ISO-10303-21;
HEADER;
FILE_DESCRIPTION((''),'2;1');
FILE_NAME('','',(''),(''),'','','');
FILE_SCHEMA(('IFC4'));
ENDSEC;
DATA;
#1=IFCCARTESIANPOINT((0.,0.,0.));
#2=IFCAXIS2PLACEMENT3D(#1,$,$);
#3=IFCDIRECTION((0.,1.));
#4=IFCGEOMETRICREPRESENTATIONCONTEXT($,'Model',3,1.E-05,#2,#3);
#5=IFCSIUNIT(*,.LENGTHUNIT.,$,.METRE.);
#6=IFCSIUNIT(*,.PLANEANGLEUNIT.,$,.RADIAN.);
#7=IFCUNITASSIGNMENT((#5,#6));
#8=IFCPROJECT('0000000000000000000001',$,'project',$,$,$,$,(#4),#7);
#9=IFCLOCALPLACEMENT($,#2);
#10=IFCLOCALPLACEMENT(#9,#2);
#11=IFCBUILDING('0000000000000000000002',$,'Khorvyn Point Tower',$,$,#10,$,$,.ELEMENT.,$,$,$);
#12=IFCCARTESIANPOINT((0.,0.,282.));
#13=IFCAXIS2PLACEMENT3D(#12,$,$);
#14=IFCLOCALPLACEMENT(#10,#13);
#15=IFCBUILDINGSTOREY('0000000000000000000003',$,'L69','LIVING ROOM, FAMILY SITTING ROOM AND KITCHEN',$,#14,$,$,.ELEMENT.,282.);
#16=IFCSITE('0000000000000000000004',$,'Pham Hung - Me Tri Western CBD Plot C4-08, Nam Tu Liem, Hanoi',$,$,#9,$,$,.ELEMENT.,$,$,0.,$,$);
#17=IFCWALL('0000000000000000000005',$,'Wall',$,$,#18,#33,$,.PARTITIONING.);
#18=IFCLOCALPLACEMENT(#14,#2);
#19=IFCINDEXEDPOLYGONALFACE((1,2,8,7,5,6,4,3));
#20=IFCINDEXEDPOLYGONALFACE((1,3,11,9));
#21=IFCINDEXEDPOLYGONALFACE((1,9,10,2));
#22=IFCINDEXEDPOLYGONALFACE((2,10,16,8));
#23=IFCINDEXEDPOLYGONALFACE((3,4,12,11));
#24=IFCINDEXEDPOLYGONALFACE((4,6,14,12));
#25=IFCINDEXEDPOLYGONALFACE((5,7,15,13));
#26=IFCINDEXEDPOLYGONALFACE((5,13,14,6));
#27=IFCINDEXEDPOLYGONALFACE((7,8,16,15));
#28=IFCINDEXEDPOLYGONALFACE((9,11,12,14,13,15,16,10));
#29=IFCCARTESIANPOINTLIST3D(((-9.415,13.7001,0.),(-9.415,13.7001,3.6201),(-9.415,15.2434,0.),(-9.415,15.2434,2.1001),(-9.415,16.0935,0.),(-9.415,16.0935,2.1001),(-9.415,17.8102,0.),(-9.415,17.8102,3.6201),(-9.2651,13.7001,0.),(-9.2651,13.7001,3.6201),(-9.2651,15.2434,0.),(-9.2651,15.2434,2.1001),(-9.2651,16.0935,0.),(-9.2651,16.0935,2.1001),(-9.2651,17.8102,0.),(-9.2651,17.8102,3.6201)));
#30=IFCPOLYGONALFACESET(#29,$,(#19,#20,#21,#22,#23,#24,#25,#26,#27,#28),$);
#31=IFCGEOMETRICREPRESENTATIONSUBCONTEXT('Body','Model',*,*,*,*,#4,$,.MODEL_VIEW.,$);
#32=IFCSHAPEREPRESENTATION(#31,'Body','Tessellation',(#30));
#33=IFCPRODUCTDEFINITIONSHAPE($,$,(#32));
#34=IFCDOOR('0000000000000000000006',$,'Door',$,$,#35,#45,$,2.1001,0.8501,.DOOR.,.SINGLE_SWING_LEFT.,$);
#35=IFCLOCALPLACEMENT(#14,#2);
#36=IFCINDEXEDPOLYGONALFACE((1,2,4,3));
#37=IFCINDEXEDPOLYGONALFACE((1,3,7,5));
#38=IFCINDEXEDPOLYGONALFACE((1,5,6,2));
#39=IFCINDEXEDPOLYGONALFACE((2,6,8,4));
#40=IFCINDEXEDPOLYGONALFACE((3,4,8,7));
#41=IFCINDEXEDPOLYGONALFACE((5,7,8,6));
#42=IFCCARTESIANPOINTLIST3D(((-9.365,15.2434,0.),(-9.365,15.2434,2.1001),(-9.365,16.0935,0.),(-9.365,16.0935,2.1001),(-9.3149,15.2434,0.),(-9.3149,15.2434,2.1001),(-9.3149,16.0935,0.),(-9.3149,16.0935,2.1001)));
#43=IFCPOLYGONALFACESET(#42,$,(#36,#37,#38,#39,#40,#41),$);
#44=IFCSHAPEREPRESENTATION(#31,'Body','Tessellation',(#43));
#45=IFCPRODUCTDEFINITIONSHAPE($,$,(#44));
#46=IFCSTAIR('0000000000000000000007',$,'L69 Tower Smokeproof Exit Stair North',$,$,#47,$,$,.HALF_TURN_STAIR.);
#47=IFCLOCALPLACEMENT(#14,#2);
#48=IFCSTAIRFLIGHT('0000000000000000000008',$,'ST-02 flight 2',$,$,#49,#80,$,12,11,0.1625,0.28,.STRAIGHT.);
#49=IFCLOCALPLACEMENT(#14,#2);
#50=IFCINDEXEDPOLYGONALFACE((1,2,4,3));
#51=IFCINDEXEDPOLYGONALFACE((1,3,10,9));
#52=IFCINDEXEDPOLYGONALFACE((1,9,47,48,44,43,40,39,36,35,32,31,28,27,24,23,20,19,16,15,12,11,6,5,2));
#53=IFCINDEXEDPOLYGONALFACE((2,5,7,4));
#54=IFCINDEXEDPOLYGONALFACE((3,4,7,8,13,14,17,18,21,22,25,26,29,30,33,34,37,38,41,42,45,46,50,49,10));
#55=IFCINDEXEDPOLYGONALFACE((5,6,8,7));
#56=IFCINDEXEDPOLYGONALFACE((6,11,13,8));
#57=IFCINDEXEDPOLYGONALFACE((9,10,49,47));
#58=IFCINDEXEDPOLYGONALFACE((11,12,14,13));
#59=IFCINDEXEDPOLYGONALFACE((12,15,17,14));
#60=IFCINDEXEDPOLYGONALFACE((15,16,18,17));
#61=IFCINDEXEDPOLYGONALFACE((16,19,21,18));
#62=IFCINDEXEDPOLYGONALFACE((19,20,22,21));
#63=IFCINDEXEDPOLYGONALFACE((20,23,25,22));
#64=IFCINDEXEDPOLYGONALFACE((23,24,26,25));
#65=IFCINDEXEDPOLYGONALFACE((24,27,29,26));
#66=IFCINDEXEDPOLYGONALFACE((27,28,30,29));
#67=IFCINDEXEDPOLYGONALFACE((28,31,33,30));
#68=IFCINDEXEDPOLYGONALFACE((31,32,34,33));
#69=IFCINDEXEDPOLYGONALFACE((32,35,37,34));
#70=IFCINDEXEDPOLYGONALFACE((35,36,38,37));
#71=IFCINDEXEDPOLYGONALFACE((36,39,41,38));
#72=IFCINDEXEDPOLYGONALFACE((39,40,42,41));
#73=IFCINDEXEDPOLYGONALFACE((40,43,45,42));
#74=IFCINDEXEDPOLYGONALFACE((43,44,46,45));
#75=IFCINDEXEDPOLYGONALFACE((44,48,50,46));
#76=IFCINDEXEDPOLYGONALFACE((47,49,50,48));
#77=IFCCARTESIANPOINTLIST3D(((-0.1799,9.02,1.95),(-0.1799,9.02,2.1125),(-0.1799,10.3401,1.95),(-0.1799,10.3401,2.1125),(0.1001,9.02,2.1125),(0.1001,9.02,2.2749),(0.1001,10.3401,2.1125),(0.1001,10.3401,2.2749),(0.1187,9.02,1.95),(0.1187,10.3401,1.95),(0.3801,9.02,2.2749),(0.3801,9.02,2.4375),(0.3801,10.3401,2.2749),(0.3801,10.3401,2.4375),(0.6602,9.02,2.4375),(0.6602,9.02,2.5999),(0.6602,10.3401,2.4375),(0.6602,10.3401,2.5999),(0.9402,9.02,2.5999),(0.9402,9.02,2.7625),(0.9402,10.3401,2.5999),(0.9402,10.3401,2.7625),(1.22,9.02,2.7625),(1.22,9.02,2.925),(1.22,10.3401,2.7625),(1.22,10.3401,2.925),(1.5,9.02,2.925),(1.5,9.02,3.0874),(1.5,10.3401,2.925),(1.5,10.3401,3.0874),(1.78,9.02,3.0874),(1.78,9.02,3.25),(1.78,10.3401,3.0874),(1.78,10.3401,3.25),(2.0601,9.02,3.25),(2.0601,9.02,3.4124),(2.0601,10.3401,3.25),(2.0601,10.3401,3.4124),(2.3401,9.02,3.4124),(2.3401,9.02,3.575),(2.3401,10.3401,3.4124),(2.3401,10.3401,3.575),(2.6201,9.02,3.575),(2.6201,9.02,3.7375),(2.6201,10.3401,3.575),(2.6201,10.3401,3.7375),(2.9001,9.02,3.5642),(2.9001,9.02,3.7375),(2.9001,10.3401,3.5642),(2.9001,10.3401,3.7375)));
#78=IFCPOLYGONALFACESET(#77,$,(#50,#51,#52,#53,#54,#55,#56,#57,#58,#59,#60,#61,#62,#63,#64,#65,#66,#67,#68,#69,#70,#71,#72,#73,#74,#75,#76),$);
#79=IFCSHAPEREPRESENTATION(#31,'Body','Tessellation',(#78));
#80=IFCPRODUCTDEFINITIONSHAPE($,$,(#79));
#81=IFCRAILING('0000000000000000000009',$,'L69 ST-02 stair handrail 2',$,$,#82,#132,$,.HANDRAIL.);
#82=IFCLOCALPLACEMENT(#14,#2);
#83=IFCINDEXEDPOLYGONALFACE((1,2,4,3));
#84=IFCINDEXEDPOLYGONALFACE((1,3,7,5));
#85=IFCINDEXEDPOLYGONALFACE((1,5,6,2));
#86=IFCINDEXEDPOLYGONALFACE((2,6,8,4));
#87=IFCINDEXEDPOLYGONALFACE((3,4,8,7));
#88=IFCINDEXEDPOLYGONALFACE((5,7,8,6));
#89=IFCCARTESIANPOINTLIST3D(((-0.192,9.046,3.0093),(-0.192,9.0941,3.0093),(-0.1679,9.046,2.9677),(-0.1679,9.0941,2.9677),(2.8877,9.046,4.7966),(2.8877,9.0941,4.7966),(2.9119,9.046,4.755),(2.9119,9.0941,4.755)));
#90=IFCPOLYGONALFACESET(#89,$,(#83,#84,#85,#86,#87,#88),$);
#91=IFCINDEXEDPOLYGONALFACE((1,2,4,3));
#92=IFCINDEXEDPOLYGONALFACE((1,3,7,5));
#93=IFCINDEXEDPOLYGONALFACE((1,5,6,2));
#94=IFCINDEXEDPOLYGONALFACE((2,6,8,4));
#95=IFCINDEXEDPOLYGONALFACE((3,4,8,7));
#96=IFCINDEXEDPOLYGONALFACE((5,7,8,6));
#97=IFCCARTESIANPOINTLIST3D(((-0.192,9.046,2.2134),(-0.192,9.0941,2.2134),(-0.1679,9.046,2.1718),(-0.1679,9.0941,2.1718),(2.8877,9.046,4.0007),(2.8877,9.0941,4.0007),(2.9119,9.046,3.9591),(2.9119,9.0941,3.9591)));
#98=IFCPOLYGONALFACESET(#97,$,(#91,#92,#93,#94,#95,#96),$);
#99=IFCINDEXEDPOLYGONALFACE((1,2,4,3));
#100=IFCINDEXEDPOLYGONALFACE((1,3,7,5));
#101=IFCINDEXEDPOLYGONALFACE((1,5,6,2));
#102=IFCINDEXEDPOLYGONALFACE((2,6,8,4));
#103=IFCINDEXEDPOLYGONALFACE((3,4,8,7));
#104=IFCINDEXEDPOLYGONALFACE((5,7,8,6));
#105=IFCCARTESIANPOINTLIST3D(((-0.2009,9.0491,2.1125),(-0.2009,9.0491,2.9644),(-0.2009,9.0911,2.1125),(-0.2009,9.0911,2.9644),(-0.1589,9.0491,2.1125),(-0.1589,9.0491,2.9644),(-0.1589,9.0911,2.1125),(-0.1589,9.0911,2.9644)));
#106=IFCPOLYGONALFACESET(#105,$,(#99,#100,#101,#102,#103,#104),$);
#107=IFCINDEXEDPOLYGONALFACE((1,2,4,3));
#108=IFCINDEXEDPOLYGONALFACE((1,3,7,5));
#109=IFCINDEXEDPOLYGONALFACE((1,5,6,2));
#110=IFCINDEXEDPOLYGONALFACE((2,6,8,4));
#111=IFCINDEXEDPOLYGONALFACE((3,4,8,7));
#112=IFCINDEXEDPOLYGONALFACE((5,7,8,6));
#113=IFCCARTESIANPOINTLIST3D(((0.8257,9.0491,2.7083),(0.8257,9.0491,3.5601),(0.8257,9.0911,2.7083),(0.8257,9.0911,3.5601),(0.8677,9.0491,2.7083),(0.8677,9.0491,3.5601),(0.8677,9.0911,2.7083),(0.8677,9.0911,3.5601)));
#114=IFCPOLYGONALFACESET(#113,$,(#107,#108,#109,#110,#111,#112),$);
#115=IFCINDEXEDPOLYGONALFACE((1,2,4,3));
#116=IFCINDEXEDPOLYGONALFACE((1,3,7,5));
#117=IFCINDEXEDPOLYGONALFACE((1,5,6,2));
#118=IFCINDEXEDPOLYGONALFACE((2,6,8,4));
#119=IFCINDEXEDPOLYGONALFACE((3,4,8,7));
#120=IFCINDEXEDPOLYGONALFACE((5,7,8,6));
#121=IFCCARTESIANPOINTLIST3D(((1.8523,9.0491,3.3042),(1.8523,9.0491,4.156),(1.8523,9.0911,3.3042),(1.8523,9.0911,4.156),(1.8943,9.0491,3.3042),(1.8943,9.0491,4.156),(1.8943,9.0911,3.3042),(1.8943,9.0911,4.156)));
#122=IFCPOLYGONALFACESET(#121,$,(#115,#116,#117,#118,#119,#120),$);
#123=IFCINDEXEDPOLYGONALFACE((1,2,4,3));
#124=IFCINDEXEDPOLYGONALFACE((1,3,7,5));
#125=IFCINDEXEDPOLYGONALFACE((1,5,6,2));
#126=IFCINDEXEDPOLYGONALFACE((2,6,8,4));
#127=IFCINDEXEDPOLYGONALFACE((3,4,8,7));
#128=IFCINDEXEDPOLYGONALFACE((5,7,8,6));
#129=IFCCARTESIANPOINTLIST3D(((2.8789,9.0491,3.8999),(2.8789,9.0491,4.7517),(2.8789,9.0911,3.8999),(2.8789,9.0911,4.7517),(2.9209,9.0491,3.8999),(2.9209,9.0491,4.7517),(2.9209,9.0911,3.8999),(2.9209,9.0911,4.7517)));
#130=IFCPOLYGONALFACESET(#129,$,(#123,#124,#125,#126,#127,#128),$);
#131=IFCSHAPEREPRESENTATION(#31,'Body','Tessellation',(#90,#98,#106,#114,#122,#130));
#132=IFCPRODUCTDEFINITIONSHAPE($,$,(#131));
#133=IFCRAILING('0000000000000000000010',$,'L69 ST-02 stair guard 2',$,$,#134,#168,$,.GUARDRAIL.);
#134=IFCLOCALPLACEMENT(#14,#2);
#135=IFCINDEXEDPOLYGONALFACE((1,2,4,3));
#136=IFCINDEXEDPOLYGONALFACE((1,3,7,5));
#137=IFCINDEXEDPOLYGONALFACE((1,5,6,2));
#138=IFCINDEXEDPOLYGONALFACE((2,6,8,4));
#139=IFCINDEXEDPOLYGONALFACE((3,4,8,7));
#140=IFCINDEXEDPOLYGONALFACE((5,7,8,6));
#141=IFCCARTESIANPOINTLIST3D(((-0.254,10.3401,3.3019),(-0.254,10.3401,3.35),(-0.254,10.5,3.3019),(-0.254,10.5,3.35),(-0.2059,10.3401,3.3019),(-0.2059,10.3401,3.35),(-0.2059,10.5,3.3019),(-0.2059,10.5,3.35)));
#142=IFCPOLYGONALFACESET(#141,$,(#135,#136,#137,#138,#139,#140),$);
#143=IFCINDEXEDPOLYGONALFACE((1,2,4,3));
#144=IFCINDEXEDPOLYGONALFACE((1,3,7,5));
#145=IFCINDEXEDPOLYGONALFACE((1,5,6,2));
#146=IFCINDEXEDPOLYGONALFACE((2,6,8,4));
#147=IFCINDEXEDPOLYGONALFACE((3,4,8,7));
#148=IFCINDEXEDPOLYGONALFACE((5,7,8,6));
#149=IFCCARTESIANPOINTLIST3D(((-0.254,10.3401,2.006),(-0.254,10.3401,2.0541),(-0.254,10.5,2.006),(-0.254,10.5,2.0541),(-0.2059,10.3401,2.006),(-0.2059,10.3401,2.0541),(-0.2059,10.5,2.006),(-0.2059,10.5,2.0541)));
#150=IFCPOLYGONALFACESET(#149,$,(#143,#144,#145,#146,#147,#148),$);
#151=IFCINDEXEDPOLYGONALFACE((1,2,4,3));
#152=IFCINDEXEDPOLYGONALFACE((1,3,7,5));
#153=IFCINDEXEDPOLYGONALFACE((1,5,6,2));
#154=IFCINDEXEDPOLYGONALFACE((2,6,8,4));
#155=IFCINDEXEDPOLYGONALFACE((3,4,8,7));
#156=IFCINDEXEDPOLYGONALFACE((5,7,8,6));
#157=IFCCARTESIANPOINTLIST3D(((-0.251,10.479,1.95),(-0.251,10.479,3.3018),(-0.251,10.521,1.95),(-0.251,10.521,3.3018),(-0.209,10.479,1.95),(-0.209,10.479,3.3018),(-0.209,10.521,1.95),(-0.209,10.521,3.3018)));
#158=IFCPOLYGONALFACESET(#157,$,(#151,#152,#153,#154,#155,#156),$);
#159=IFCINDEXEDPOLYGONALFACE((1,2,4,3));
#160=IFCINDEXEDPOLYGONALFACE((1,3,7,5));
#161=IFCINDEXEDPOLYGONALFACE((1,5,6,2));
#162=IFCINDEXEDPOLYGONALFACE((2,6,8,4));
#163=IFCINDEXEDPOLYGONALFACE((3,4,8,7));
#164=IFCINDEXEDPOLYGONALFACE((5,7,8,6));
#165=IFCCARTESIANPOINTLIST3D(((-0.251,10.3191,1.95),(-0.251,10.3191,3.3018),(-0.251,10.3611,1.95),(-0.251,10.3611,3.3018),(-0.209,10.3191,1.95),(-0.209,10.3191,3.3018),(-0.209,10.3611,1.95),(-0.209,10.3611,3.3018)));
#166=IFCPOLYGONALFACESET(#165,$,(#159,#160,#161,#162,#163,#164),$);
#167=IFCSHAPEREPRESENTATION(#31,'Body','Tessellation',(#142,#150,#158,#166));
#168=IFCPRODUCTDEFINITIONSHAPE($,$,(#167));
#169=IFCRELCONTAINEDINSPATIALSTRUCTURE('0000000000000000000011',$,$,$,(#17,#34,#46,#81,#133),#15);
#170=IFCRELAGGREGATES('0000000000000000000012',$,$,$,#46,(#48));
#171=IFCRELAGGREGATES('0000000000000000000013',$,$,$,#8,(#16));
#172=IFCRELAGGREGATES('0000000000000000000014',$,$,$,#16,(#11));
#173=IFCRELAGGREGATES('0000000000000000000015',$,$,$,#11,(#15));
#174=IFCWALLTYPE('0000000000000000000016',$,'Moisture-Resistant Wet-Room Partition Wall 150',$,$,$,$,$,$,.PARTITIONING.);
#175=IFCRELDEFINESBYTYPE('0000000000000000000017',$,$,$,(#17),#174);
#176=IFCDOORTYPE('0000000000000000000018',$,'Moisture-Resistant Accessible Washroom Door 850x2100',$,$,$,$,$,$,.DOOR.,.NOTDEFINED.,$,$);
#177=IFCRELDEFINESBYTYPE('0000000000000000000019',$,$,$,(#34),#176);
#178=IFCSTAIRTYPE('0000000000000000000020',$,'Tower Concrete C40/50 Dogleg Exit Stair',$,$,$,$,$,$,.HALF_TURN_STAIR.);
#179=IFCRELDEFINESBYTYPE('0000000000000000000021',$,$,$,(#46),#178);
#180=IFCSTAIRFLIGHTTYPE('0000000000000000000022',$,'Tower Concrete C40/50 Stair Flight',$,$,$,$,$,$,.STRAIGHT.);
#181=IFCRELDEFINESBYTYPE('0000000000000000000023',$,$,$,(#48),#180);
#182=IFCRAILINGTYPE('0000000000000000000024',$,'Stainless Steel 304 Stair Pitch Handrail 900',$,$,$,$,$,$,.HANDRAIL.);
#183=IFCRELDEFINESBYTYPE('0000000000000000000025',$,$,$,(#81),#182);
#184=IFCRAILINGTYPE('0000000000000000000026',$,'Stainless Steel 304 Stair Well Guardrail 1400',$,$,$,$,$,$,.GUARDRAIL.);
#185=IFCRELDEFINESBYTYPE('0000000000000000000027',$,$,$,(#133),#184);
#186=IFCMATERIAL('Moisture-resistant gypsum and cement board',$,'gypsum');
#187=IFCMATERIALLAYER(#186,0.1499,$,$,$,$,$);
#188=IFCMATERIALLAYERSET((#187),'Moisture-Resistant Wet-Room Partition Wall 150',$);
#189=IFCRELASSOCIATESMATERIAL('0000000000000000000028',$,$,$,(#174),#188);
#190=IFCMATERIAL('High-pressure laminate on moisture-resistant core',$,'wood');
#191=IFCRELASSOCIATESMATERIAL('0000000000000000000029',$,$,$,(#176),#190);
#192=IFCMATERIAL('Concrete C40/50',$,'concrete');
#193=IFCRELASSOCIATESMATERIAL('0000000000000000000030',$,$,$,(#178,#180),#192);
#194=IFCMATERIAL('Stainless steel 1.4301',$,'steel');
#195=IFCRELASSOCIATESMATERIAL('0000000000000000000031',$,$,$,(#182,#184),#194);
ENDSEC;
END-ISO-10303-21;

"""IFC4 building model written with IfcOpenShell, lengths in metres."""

from ifc_helpers import new_model, si_unit, direction, frame, frame_2d, origin, origin_2d, place, context, subcontext, project, spatial, polyline, rectangle, outline, extrude, material, layer, layer_set, type_object, element, fill, aggregate, save


model = new_model("IFC4")

# Units and contexts
model_context = context("Model", 3, precision=1e-05, world=origin(), true_north=direction((0.0, 1.0)))
body_context = subcontext(model_context, "Body", "Model", "MODEL_VIEW")
ifc_project = project(units=[si_unit("LENGTHUNIT", "METRE"), si_unit("PLANEANGLEUNIT", "RADIAN")], contexts=[model_context])

# Site, building, storey
site_placement = place(None, origin())
site = spatial("IfcSite", under=ifc_project, at=site_placement, Name="Pham Hung - Me Tri Western CBD Plot C4-08, Nam Tu Liem, Hanoi", CompositionType="ELEMENT", RefElevation=0.0)
building_placement = place(site_placement, origin())
building = spatial("IfcBuilding", under=site, at=building_placement, Name="Khorvyn Point Tower", CompositionType="ELEMENT")
storey_placement = place(building_placement, frame((0.0, 0.0, 282.0)))
storey = spatial("IfcBuildingStorey", under=building, at=storey_placement, Name="L69", Description="LIVING ROOM, FAMILY SITTING ROOM AND KITCHEN", CompositionType="ELEMENT", Elevation=282.0)

# Shared definitions
ifc_material_1 = material(Name="Concrete C40/50", Category="concrete")

# Wall, opening, door
ifc_material_2 = material(Name="Moisture-resistant gypsum and cement board", Category="gypsum")
ifc_layer_1 = layer(ifc_material_2, 0.1499)
ifc_layer_set_1 = layer_set([ifc_layer_1], Name="Moisture-Resistant Wet-Room Partition Wall 150")
wall_type_1 = type_object("IfcWallType", Name="Moisture-Resistant Wet-Room Partition Wall 150", PredefinedType="PARTITIONING", material=ifc_layer_set_1)
wall_1_placement = place(storey_placement, frame((-9.3401, 13.7, 0.0), z_axis=(0.0, 0.0, 1.0), x_axis=(0.0, 1.0, 0.0)))
wall_1 = element("IfcWall", 1, at=wall_1_placement, inside=storey, type_object=wall_type_1, Name="Wall", PredefinedType="PARTITIONING", context=body_context, shape_type="SweptSolid", body=[
    extrude(rectangle(XDim=4.1101, YDim=0.1499, at=frame_2d((2.0552, 0.0))), origin(), (0.0, 0.0, 1.0), 3.6201),
])
opening_1_placement = place(wall_1_placement, frame((1.5435, 0.0, 0.0)))
opening_1 = element("IfcOpeningElement", 2, at=opening_1_placement, cuts=wall_1, PredefinedType="OPENING", context=body_context, shape_type="SweptSolid", body=[
    extrude(rectangle(XDim=0.8501, YDim=2.1001, at=frame_2d((0.425, 1.05))), frame((0.0, 0.085, 0.0), z_axis=(0.0, -1.0, 0.0), x_axis=(1.0, 0.0, 0.0)), (0.0, 0.0, 1.0), 0.1699),
])
ifc_material_3 = material(Name="High-pressure laminate on moisture-resistant core", Category="wood")
door_type_1 = type_object("IfcDoorType", Name="Moisture-Resistant Accessible Washroom Door 850x2100", OperationType="NOTDEFINED", PredefinedType="DOOR", material=ifc_material_3)
door_1_placement = place(opening_1_placement, origin())
door_1 = element("IfcDoor", 3, at=door_1_placement, inside=storey, type_object=door_type_1, Name="Door", OperationType="SINGLE_SWING_LEFT", OverallHeight=2.1001, OverallWidth=0.8501, PredefinedType="DOOR", context=body_context, shape_type="SweptSolid", body=[
    extrude(rectangle(XDim=0.8501, YDim=2.1001, at=frame_2d((0.425, 1.05))), frame((0.0, 0.0249, 0.0), z_axis=(0.0, -1.0, 0.0), x_axis=(1.0, 0.0, 0.0)), (0.0, 0.0, 1.0), 0.05),
])
fill(opening_1, door_1)

# Stair, stair flight
stair_type = type_object("IfcStairType", Name="Tower Concrete C40/50 Dogleg Exit Stair", PredefinedType="HALF_TURN_STAIR", material=ifc_material_1)
stair_placement = place(storey_placement, origin())
stair = element("IfcStair", 4, at=stair_placement, inside=storey, type_object=stair_type, Name="L69 Tower Smokeproof Exit Stair North", PredefinedType="HALF_TURN_STAIR")
stair_flight_type = type_object("IfcStairFlightType", Name="Tower Concrete C40/50 Stair Flight", PredefinedType="STRAIGHT", material=ifc_material_1)
stair_flight_placement = place(storey_placement, frame((-0.1799, 9.6799, 1.95), z_axis=(0.0, 0.0, 1.0), x_axis=(1.0, 0.0, 0.0)))
stair_flight = element("IfcStairFlight", 5, at=stair_flight_placement, type_object=stair_flight_type, Name="ST-02 flight 2", NumberOfRisers=12, NumberOfTreads=11, PredefinedType="STRAIGHT", RiserHeight=0.1625, TreadLength=0.28, context=body_context, shape_type="SweptSolid", body=[
    extrude(outline(polyline([(0.0, 0.0), (0.0, 0.1626), (0.28, 0.1626), (0.28, 0.325), (0.5601, 0.325), (0.5601, 0.4875), (0.8401, 0.4875), (0.8401, 0.6499), (1.1201, 0.6499), (1.1201, 0.8125), (1.3999, 0.8125), (1.3999, 0.9751), (1.6799, 0.9751), (1.6799, 1.1375), (1.96, 1.1375), (1.96, 1.3), (2.24, 1.3), (2.24, 1.4624), (2.52, 1.4624), (2.52, 1.625), (2.8, 1.625), (2.8, 1.7876), (3.0801, 1.7876), (3.0801, 1.95), (3.0801, 1.6143), (0.2986, 0.0), (0.0, 0.0)])), frame((0.0, 0.6602, 0.0), z_axis=(0.0, -1.0, 0.0), x_axis=(1.0, 0.0, 0.0)), (0.0, 0.0, 1.0), 1.3201),
])
aggregate(stair, [stair_flight])

# Railings
ifc_material_4 = material(Name="Stainless steel 1.4301", Category="steel")
railing_type_1 = type_object("IfcRailingType", Name="Stainless Steel 304 Stair Pitch Handrail 900", PredefinedType="HANDRAIL", material=ifc_material_4)
railing_1_placement = place(storey_placement, frame((-0.1799, 9.0701, 2.1125)))
element("IfcRailing", 6, at=railing_1_placement, inside=storey, type_object=railing_type_1, Name="L69 ST-02 stair handrail 2", PredefinedType="HANDRAIL", context=body_context, shape_type="SweptSolid", body=[
    extrude(rectangle(XDim=0.0481, YDim=0.0481, at=origin_2d()), frame((0.0, 0.0, 0.876), z_axis=(0.864903, 0.0, 0.501939), x_axis=(0.0, 1.0, 0.0)), (0.0, 0.0, 1.0), 3.5608),
    extrude(rectangle(XDim=0.0481, YDim=0.0481, at=origin_2d()), frame((0.0, 0.0, 0.0801), z_axis=(0.864903, 0.0, 0.501939), x_axis=(0.0, 1.0, 0.0)), (0.0, 0.0, 1.0), 3.5608),
    extrude(rectangle(XDim=0.042, YDim=0.042, at=origin_2d()), origin(), (0.0, 0.0, 1.0), 0.8518),
    extrude(rectangle(XDim=0.042, YDim=0.042, at=origin_2d()), frame((1.0266, 0.0, 0.5957)), (0.0, 0.0, 1.0), 0.8518),
    extrude(rectangle(XDim=0.042, YDim=0.042, at=origin_2d()), frame((2.0532, 0.0, 1.1917)), (0.0, 0.0, 1.0), 0.8518),
    extrude(rectangle(XDim=0.042, YDim=0.042, at=origin_2d()), frame((3.0798, 0.0, 1.7874)), (0.0, 0.0, 1.0), 0.8518),
])
railing_type_2 = type_object("IfcRailingType", Name="Stainless Steel 304 Stair Well Guardrail 1400", PredefinedType="GUARDRAIL", material=ifc_material_4)
railing_2_placement = place(storey_placement, frame((-0.23, 10.5, 1.95)))
element("IfcRailing", 7, at=railing_2_placement, inside=storey, type_object=railing_type_2, Name="L69 ST-02 stair guard 2", PredefinedType="GUARDRAIL", context=body_context, shape_type="SweptSolid", body=[
    extrude(rectangle(XDim=0.0481, YDim=0.0481, at=origin_2d()), frame((0.0, 0.0, 1.376), z_axis=(0.0, -1.0, 0.0), x_axis=(1.0, 0.0, 0.0)), (0.0, 0.0, 1.0), 0.1599),
    extrude(rectangle(XDim=0.0481, YDim=0.0481, at=origin_2d()), frame((0.0, 0.0, 0.0801), z_axis=(0.0, -1.0, 0.0), x_axis=(1.0, 0.0, 0.0)), (0.0, 0.0, 1.0), 0.1599),
    extrude(rectangle(XDim=0.042, YDim=0.042, at=origin_2d()), origin(), (0.0, 0.0, 1.0), 1.3518),
    extrude(rectangle(XDim=0.042, YDim=0.042, at=origin_2d()), frame((0.0, -0.1599, 0.0)), (0.0, 0.0, 1.0), 1.3518),
])

save(model, "model.ifc")
